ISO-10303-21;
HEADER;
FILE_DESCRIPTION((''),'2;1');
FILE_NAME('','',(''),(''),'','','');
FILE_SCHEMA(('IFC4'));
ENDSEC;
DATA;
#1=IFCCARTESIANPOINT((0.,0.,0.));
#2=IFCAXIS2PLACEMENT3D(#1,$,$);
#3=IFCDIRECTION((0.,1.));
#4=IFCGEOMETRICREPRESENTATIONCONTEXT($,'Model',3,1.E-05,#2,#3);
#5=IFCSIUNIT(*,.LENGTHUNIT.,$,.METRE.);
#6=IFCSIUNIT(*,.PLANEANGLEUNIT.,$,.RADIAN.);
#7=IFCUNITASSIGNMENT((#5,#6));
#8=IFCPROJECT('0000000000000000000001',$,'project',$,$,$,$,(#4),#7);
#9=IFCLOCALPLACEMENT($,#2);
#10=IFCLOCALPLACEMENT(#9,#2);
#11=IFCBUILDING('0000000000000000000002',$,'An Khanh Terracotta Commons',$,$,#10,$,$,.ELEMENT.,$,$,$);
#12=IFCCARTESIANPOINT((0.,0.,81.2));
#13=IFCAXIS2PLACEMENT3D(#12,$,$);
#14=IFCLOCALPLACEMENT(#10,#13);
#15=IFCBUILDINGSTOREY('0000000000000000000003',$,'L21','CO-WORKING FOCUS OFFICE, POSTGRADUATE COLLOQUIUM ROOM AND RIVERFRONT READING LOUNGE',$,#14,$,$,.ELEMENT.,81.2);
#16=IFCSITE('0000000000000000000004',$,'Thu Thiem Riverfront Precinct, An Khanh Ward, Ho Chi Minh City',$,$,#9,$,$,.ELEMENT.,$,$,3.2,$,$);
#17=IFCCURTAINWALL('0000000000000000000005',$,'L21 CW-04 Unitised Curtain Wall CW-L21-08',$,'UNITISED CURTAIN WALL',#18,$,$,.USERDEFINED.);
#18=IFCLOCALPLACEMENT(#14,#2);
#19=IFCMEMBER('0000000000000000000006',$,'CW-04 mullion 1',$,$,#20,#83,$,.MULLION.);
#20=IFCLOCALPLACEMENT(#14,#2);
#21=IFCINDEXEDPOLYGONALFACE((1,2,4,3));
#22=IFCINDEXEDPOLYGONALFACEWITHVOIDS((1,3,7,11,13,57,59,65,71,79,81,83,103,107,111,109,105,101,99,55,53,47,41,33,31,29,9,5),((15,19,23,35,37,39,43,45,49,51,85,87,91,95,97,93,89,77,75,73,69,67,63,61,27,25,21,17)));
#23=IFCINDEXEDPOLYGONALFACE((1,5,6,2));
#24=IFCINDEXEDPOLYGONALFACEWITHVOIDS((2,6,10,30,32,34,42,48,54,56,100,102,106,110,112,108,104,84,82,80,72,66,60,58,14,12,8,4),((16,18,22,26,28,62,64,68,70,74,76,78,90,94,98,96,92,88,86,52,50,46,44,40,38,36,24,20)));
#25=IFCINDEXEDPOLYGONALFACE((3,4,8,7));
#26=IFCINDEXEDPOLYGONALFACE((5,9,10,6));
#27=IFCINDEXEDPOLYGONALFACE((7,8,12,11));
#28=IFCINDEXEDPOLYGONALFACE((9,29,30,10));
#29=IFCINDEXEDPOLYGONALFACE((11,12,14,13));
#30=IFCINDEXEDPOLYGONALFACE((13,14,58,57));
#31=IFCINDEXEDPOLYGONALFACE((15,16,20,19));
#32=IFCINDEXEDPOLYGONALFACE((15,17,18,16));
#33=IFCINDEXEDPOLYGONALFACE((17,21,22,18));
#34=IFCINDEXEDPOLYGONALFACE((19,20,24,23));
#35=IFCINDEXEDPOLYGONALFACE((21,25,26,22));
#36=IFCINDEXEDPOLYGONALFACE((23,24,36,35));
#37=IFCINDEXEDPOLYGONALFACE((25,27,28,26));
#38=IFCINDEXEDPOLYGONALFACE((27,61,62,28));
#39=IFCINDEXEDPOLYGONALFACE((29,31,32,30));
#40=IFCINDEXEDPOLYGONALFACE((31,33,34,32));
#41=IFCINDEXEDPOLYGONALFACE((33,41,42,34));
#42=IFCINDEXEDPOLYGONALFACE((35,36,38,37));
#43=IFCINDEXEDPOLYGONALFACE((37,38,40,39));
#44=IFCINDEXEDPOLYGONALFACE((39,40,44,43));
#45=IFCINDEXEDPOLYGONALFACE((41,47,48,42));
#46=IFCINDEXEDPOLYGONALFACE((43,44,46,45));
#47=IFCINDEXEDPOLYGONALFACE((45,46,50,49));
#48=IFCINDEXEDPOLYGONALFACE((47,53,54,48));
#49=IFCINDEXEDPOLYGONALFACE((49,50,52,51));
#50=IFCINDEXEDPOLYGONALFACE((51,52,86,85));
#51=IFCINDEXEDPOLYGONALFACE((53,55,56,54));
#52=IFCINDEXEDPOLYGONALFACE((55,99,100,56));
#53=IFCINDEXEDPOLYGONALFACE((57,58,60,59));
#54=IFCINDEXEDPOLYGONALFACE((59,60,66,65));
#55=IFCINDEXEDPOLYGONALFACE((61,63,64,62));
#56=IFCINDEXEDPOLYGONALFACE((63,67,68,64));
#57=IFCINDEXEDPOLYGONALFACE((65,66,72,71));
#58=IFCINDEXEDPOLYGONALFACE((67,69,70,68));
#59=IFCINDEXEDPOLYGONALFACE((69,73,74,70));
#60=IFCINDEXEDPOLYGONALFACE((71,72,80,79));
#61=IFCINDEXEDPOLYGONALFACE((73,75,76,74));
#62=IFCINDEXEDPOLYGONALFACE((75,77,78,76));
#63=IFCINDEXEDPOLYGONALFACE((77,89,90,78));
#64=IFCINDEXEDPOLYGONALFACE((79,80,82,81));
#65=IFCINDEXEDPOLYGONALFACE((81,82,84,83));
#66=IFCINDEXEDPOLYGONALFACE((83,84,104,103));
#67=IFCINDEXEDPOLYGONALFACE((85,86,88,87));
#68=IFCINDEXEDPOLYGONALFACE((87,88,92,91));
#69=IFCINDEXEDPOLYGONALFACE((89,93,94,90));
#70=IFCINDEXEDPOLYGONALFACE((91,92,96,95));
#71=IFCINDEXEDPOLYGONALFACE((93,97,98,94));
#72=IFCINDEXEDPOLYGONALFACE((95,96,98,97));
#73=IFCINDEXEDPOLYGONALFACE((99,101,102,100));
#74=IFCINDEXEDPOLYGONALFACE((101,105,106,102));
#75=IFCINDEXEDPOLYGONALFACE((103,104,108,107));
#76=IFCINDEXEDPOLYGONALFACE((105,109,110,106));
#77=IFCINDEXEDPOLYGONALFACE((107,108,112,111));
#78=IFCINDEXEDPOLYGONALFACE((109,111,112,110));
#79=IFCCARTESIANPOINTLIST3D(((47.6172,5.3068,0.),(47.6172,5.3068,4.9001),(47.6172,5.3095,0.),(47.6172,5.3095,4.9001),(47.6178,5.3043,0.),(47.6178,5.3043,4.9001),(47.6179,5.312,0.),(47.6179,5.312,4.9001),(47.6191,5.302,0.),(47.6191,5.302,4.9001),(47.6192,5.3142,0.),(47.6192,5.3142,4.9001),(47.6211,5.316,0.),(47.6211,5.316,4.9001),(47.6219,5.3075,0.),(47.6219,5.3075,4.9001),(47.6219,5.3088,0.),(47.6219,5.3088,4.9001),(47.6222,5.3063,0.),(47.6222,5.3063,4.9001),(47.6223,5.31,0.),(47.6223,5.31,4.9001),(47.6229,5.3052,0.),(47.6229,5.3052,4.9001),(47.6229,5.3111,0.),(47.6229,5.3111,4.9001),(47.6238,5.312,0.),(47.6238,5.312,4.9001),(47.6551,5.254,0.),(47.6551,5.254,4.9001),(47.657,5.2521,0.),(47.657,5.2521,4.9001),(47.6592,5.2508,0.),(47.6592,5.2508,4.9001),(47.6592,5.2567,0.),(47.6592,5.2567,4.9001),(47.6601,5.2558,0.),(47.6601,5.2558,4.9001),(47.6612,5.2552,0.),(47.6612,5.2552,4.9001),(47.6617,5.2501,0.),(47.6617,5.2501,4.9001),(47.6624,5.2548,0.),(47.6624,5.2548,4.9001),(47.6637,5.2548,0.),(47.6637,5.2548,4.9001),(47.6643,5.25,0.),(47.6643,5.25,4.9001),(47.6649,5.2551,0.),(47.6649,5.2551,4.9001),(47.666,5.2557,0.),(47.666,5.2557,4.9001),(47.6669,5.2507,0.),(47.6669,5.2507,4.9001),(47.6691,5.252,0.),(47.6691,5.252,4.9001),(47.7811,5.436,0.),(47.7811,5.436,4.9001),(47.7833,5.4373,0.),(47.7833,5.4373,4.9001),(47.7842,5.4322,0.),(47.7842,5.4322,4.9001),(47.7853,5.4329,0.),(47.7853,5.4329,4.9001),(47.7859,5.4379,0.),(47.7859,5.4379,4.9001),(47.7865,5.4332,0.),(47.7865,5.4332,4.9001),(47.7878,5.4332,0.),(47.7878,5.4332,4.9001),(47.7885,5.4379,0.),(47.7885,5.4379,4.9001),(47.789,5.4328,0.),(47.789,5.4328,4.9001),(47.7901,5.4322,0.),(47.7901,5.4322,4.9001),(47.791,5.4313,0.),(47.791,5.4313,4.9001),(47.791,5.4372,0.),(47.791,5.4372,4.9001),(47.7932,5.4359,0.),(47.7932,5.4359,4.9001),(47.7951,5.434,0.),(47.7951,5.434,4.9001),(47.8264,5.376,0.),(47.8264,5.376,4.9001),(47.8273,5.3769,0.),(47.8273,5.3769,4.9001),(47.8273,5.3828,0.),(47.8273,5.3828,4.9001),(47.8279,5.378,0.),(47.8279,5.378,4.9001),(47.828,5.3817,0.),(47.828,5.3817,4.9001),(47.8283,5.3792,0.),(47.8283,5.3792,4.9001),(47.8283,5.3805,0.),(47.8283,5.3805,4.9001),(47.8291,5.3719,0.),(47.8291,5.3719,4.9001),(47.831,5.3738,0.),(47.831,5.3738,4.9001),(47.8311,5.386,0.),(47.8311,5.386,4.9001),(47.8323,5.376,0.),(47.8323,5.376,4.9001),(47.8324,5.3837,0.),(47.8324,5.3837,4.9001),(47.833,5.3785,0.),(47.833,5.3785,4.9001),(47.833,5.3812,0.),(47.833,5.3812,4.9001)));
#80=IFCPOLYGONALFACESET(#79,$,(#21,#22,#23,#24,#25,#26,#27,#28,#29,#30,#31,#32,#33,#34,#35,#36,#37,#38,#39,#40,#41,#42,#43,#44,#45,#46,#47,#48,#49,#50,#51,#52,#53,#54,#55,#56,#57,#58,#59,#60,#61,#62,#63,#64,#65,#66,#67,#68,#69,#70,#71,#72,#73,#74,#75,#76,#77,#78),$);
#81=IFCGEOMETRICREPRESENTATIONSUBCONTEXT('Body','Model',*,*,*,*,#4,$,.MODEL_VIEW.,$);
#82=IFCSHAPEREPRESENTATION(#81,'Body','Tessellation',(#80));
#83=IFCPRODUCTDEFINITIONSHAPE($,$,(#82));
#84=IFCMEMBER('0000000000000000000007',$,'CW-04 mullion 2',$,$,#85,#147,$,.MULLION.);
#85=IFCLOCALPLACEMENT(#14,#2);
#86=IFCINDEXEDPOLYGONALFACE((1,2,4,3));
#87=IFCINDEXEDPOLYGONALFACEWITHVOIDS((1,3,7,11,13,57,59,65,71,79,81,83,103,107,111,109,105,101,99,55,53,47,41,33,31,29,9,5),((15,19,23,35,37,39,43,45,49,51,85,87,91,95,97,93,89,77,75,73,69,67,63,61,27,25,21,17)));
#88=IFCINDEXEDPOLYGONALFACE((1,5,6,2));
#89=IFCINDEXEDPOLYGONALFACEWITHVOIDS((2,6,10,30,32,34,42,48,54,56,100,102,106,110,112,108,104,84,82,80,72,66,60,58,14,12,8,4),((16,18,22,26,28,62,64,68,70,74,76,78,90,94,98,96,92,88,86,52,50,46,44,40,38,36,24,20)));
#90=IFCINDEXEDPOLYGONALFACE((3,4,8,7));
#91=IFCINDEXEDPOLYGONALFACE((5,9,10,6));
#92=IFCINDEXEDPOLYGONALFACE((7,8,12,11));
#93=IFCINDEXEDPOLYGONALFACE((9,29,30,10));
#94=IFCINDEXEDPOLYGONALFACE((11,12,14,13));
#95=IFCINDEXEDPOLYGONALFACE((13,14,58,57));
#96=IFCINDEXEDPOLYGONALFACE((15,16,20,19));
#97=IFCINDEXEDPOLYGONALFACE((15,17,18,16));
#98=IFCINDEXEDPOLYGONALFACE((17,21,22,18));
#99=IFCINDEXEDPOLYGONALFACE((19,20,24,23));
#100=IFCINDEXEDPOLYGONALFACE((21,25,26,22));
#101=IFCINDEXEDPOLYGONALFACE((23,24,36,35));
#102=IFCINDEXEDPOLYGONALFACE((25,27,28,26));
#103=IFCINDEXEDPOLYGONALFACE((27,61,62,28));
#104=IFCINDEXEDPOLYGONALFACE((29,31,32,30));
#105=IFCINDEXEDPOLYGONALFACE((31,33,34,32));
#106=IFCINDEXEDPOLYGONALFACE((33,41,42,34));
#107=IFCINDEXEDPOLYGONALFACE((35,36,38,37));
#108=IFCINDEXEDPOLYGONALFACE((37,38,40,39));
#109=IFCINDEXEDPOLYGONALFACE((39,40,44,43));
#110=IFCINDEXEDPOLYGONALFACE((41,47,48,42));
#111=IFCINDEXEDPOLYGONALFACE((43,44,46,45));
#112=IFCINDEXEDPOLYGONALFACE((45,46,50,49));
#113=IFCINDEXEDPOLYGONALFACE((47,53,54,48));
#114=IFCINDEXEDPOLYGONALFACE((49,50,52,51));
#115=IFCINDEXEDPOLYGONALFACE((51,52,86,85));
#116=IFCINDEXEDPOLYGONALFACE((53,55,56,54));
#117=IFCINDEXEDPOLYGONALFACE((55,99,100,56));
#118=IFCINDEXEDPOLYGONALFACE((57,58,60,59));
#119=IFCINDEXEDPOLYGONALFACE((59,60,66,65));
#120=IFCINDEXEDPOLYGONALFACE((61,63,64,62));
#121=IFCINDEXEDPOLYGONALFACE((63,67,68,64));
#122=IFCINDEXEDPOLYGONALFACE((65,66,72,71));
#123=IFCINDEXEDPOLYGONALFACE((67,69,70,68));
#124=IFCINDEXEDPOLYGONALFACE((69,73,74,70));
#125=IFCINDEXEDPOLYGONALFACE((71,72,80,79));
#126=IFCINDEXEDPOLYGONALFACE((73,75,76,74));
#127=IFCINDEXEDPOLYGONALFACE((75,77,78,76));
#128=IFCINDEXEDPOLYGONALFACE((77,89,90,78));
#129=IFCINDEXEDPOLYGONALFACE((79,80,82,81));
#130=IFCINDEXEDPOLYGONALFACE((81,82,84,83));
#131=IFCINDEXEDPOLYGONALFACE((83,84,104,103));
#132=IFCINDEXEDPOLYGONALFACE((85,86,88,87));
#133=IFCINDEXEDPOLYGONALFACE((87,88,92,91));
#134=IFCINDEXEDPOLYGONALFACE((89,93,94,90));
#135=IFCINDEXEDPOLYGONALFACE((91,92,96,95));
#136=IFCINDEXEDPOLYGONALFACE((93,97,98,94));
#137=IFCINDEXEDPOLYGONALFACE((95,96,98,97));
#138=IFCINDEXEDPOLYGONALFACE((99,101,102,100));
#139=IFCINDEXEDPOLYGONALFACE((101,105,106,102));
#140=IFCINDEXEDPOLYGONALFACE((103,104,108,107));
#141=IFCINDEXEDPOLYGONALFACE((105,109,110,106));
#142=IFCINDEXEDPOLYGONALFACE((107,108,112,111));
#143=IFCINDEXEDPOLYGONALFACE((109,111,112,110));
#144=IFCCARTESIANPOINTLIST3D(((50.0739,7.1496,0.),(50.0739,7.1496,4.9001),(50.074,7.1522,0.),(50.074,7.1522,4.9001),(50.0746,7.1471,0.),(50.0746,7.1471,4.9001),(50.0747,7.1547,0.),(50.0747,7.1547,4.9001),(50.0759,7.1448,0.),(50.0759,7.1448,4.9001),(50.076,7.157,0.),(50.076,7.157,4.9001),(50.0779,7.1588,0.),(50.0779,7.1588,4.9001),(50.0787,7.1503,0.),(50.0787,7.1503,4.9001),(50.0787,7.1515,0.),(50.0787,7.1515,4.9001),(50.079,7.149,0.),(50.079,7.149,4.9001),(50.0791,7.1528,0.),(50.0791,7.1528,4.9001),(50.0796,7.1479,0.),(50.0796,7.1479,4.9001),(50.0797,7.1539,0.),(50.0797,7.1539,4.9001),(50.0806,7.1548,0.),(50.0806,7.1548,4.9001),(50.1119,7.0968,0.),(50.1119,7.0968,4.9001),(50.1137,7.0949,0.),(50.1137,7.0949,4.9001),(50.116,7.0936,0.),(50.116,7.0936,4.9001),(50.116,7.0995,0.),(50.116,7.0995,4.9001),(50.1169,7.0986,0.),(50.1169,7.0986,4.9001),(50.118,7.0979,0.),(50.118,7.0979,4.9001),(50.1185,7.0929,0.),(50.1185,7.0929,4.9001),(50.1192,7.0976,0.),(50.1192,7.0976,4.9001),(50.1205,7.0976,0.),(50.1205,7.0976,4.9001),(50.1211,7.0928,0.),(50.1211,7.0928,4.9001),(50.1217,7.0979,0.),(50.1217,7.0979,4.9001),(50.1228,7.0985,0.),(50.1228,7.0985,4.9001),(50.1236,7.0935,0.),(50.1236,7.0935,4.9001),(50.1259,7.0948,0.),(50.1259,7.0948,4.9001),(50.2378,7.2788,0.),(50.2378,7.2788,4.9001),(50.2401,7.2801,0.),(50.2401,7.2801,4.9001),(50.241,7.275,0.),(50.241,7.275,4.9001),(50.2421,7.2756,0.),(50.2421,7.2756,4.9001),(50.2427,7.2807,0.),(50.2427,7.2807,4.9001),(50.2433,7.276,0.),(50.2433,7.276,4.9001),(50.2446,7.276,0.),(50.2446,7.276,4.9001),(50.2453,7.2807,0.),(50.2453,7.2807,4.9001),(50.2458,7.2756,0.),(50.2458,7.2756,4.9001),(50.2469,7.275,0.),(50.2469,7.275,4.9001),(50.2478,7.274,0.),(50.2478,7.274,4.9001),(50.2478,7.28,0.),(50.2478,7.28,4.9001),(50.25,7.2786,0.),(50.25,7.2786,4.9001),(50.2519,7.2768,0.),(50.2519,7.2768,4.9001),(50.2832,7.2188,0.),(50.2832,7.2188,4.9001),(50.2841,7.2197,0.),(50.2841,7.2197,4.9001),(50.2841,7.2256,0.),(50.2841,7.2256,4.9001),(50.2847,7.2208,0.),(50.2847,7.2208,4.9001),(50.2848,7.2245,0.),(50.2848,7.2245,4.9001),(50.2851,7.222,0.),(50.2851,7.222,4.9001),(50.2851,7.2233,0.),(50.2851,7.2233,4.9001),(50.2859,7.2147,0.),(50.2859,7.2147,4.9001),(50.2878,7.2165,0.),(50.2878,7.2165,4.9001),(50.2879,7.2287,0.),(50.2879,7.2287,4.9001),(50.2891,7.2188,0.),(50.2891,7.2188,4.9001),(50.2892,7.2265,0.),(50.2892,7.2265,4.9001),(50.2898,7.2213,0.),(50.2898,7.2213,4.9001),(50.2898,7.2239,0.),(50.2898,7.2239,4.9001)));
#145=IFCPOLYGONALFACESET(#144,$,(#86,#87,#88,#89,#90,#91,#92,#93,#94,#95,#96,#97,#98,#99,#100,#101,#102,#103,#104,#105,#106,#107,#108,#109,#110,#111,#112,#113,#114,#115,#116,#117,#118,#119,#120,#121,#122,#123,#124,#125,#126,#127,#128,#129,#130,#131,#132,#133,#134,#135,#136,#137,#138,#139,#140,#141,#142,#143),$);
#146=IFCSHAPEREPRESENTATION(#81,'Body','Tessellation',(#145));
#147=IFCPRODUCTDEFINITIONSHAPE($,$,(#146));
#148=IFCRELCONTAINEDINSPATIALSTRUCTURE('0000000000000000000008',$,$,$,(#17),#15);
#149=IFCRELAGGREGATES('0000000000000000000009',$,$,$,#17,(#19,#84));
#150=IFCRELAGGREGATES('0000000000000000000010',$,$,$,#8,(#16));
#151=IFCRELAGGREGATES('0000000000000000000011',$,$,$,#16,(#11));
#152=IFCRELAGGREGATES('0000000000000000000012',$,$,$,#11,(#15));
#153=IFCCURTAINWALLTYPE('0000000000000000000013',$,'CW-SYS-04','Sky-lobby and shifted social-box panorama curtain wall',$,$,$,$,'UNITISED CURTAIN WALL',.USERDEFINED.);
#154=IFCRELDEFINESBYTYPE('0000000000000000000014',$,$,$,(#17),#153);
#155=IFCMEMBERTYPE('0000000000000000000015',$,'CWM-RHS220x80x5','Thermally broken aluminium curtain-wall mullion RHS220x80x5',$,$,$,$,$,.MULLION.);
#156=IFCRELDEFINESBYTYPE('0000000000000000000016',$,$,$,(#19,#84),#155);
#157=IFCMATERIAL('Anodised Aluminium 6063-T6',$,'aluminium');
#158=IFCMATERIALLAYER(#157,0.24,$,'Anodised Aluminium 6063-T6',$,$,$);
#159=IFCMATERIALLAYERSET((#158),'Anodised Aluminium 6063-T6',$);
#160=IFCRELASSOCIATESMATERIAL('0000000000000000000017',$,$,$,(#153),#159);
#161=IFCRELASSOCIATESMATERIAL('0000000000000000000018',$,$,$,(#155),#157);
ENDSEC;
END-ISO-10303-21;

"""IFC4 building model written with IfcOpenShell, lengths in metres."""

from ifc_helpers import new_model, si_unit, direction, frame, origin, origin_2d, place, context, subcontext, project, spatial, hollow_rectangle, extrude, material, layer, layer_set, material_profile, profile_set, type_object, element, aggregate, save


model = new_model("IFC4")

# Units and contexts
model_context = context("Model", 3, precision=1e-05, world=origin(), true_north=direction((0.0, 1.0)))
body_context = subcontext(model_context, "Body", "Model", "MODEL_VIEW")
ifc_project = project(units=[si_unit("LENGTHUNIT", "METRE"), si_unit("PLANEANGLEUNIT", "RADIAN")], contexts=[model_context])

# Site, building, storey
site_placement = place(None, origin())
site = spatial("IfcSite", under=ifc_project, at=site_placement, Name="Thu Thiem Riverfront Precinct, An Khanh Ward, Ho Chi Minh City", CompositionType="ELEMENT", RefElevation=3.2)
building_placement = place(site_placement, origin())
building = spatial("IfcBuilding", under=site, at=building_placement, Name="An Khanh Terracotta Commons", CompositionType="ELEMENT")
storey_placement = place(building_placement, frame((0.0, 0.0, 81.2)))
storey = spatial("IfcBuildingStorey", under=building, at=storey_placement, Name="L21", Description="CO-WORKING FOCUS OFFICE, POSTGRADUATE COLLOQUIUM ROOM AND RIVERFRONT READING LOUNGE", CompositionType="ELEMENT", Elevation=81.2)

# Curtain wall, members
ifc_material_1 = material(Name="Anodised Aluminium 6063-T6", Category="aluminium")
ifc_layer_1 = layer(ifc_material_1, 0.24, Name="Anodised Aluminium 6063-T6")
ifc_layer_set_1 = layer_set([ifc_layer_1], Name="Anodised Aluminium 6063-T6")
curtain_wall_type = type_object("IfcCurtainWallType", Name="CW-SYS-04", Description="Sky-lobby and shifted social-box panorama curtain wall", ElementType="UNITISED CURTAIN WALL", PredefinedType="USERDEFINED", material=ifc_layer_set_1)
curtain_wall_placement = place(storey_placement, origin())
curtain_wall = element("IfcCurtainWall", 1, at=curtain_wall_placement, inside=storey, type_object=curtain_wall_type, Name="L21 CW-04 Unitised Curtain Wall CW-L21-08", ObjectType="UNITISED CURTAIN WALL", PredefinedType="USERDEFINED")
ifc_material_profile_1 = material_profile(ifc_material_1, hollow_rectangle(XDim=0.0801, YDim=0.22, WallThickness=0.0049, InnerFilletRadius=0.0049, OuterFilletRadius=0.01, at=origin_2d()), Name="RHS220x80x5")
ifc_profile_set_1 = profile_set([ifc_material_profile_1], Name="Anodised Aluminium 6063-T6")
member_type_1 = type_object("IfcMemberType", Name="CWM-RHS220x80x5", Description="Thermally broken aluminium curtain-wall mullion RHS220x80x5", PredefinedType="MULLION", material=ifc_profile_set_1)
member_1_placement = place(storey_placement, frame((47.7251, 5.344, 0.0), z_axis=(0.0, 0.0, 1.0), x_axis=(-0.599983, 0.800013, 0.0)))
member_1 = element("IfcMember", 2, at=member_1_placement, type_object=member_type_1, Name="CW-04 mullion 1", PredefinedType="MULLION", context=body_context, shape_type="SweptSolid", body=[
    extrude(hollow_rectangle(XDim=0.0801, YDim=0.22, WallThickness=0.0049, InnerFilletRadius=0.0049, OuterFilletRadius=0.01, at=origin_2d()), origin(), (0.0, 0.0, 1.0), 4.9001),
])
member_2_placement = place(storey_placement, frame((50.1819, 7.1868, 0.0), z_axis=(0.0, 0.0, 1.0), x_axis=(-0.599983, 0.800013, 0.0)))
member_2 = element("IfcMember", 3, at=member_2_placement, type_object=member_type_1, Name="CW-04 mullion 2", PredefinedType="MULLION", context=body_context, shape_type="SweptSolid", body=[
    extrude(hollow_rectangle(XDim=0.0801, YDim=0.22, WallThickness=0.0049, InnerFilletRadius=0.0049, OuterFilletRadius=0.01, at=origin_2d()), origin(), (0.0, 0.0, 1.0), 4.9001),
])
aggregate(curtain_wall, [member_1, member_2])

save(model, "model.ifc")
